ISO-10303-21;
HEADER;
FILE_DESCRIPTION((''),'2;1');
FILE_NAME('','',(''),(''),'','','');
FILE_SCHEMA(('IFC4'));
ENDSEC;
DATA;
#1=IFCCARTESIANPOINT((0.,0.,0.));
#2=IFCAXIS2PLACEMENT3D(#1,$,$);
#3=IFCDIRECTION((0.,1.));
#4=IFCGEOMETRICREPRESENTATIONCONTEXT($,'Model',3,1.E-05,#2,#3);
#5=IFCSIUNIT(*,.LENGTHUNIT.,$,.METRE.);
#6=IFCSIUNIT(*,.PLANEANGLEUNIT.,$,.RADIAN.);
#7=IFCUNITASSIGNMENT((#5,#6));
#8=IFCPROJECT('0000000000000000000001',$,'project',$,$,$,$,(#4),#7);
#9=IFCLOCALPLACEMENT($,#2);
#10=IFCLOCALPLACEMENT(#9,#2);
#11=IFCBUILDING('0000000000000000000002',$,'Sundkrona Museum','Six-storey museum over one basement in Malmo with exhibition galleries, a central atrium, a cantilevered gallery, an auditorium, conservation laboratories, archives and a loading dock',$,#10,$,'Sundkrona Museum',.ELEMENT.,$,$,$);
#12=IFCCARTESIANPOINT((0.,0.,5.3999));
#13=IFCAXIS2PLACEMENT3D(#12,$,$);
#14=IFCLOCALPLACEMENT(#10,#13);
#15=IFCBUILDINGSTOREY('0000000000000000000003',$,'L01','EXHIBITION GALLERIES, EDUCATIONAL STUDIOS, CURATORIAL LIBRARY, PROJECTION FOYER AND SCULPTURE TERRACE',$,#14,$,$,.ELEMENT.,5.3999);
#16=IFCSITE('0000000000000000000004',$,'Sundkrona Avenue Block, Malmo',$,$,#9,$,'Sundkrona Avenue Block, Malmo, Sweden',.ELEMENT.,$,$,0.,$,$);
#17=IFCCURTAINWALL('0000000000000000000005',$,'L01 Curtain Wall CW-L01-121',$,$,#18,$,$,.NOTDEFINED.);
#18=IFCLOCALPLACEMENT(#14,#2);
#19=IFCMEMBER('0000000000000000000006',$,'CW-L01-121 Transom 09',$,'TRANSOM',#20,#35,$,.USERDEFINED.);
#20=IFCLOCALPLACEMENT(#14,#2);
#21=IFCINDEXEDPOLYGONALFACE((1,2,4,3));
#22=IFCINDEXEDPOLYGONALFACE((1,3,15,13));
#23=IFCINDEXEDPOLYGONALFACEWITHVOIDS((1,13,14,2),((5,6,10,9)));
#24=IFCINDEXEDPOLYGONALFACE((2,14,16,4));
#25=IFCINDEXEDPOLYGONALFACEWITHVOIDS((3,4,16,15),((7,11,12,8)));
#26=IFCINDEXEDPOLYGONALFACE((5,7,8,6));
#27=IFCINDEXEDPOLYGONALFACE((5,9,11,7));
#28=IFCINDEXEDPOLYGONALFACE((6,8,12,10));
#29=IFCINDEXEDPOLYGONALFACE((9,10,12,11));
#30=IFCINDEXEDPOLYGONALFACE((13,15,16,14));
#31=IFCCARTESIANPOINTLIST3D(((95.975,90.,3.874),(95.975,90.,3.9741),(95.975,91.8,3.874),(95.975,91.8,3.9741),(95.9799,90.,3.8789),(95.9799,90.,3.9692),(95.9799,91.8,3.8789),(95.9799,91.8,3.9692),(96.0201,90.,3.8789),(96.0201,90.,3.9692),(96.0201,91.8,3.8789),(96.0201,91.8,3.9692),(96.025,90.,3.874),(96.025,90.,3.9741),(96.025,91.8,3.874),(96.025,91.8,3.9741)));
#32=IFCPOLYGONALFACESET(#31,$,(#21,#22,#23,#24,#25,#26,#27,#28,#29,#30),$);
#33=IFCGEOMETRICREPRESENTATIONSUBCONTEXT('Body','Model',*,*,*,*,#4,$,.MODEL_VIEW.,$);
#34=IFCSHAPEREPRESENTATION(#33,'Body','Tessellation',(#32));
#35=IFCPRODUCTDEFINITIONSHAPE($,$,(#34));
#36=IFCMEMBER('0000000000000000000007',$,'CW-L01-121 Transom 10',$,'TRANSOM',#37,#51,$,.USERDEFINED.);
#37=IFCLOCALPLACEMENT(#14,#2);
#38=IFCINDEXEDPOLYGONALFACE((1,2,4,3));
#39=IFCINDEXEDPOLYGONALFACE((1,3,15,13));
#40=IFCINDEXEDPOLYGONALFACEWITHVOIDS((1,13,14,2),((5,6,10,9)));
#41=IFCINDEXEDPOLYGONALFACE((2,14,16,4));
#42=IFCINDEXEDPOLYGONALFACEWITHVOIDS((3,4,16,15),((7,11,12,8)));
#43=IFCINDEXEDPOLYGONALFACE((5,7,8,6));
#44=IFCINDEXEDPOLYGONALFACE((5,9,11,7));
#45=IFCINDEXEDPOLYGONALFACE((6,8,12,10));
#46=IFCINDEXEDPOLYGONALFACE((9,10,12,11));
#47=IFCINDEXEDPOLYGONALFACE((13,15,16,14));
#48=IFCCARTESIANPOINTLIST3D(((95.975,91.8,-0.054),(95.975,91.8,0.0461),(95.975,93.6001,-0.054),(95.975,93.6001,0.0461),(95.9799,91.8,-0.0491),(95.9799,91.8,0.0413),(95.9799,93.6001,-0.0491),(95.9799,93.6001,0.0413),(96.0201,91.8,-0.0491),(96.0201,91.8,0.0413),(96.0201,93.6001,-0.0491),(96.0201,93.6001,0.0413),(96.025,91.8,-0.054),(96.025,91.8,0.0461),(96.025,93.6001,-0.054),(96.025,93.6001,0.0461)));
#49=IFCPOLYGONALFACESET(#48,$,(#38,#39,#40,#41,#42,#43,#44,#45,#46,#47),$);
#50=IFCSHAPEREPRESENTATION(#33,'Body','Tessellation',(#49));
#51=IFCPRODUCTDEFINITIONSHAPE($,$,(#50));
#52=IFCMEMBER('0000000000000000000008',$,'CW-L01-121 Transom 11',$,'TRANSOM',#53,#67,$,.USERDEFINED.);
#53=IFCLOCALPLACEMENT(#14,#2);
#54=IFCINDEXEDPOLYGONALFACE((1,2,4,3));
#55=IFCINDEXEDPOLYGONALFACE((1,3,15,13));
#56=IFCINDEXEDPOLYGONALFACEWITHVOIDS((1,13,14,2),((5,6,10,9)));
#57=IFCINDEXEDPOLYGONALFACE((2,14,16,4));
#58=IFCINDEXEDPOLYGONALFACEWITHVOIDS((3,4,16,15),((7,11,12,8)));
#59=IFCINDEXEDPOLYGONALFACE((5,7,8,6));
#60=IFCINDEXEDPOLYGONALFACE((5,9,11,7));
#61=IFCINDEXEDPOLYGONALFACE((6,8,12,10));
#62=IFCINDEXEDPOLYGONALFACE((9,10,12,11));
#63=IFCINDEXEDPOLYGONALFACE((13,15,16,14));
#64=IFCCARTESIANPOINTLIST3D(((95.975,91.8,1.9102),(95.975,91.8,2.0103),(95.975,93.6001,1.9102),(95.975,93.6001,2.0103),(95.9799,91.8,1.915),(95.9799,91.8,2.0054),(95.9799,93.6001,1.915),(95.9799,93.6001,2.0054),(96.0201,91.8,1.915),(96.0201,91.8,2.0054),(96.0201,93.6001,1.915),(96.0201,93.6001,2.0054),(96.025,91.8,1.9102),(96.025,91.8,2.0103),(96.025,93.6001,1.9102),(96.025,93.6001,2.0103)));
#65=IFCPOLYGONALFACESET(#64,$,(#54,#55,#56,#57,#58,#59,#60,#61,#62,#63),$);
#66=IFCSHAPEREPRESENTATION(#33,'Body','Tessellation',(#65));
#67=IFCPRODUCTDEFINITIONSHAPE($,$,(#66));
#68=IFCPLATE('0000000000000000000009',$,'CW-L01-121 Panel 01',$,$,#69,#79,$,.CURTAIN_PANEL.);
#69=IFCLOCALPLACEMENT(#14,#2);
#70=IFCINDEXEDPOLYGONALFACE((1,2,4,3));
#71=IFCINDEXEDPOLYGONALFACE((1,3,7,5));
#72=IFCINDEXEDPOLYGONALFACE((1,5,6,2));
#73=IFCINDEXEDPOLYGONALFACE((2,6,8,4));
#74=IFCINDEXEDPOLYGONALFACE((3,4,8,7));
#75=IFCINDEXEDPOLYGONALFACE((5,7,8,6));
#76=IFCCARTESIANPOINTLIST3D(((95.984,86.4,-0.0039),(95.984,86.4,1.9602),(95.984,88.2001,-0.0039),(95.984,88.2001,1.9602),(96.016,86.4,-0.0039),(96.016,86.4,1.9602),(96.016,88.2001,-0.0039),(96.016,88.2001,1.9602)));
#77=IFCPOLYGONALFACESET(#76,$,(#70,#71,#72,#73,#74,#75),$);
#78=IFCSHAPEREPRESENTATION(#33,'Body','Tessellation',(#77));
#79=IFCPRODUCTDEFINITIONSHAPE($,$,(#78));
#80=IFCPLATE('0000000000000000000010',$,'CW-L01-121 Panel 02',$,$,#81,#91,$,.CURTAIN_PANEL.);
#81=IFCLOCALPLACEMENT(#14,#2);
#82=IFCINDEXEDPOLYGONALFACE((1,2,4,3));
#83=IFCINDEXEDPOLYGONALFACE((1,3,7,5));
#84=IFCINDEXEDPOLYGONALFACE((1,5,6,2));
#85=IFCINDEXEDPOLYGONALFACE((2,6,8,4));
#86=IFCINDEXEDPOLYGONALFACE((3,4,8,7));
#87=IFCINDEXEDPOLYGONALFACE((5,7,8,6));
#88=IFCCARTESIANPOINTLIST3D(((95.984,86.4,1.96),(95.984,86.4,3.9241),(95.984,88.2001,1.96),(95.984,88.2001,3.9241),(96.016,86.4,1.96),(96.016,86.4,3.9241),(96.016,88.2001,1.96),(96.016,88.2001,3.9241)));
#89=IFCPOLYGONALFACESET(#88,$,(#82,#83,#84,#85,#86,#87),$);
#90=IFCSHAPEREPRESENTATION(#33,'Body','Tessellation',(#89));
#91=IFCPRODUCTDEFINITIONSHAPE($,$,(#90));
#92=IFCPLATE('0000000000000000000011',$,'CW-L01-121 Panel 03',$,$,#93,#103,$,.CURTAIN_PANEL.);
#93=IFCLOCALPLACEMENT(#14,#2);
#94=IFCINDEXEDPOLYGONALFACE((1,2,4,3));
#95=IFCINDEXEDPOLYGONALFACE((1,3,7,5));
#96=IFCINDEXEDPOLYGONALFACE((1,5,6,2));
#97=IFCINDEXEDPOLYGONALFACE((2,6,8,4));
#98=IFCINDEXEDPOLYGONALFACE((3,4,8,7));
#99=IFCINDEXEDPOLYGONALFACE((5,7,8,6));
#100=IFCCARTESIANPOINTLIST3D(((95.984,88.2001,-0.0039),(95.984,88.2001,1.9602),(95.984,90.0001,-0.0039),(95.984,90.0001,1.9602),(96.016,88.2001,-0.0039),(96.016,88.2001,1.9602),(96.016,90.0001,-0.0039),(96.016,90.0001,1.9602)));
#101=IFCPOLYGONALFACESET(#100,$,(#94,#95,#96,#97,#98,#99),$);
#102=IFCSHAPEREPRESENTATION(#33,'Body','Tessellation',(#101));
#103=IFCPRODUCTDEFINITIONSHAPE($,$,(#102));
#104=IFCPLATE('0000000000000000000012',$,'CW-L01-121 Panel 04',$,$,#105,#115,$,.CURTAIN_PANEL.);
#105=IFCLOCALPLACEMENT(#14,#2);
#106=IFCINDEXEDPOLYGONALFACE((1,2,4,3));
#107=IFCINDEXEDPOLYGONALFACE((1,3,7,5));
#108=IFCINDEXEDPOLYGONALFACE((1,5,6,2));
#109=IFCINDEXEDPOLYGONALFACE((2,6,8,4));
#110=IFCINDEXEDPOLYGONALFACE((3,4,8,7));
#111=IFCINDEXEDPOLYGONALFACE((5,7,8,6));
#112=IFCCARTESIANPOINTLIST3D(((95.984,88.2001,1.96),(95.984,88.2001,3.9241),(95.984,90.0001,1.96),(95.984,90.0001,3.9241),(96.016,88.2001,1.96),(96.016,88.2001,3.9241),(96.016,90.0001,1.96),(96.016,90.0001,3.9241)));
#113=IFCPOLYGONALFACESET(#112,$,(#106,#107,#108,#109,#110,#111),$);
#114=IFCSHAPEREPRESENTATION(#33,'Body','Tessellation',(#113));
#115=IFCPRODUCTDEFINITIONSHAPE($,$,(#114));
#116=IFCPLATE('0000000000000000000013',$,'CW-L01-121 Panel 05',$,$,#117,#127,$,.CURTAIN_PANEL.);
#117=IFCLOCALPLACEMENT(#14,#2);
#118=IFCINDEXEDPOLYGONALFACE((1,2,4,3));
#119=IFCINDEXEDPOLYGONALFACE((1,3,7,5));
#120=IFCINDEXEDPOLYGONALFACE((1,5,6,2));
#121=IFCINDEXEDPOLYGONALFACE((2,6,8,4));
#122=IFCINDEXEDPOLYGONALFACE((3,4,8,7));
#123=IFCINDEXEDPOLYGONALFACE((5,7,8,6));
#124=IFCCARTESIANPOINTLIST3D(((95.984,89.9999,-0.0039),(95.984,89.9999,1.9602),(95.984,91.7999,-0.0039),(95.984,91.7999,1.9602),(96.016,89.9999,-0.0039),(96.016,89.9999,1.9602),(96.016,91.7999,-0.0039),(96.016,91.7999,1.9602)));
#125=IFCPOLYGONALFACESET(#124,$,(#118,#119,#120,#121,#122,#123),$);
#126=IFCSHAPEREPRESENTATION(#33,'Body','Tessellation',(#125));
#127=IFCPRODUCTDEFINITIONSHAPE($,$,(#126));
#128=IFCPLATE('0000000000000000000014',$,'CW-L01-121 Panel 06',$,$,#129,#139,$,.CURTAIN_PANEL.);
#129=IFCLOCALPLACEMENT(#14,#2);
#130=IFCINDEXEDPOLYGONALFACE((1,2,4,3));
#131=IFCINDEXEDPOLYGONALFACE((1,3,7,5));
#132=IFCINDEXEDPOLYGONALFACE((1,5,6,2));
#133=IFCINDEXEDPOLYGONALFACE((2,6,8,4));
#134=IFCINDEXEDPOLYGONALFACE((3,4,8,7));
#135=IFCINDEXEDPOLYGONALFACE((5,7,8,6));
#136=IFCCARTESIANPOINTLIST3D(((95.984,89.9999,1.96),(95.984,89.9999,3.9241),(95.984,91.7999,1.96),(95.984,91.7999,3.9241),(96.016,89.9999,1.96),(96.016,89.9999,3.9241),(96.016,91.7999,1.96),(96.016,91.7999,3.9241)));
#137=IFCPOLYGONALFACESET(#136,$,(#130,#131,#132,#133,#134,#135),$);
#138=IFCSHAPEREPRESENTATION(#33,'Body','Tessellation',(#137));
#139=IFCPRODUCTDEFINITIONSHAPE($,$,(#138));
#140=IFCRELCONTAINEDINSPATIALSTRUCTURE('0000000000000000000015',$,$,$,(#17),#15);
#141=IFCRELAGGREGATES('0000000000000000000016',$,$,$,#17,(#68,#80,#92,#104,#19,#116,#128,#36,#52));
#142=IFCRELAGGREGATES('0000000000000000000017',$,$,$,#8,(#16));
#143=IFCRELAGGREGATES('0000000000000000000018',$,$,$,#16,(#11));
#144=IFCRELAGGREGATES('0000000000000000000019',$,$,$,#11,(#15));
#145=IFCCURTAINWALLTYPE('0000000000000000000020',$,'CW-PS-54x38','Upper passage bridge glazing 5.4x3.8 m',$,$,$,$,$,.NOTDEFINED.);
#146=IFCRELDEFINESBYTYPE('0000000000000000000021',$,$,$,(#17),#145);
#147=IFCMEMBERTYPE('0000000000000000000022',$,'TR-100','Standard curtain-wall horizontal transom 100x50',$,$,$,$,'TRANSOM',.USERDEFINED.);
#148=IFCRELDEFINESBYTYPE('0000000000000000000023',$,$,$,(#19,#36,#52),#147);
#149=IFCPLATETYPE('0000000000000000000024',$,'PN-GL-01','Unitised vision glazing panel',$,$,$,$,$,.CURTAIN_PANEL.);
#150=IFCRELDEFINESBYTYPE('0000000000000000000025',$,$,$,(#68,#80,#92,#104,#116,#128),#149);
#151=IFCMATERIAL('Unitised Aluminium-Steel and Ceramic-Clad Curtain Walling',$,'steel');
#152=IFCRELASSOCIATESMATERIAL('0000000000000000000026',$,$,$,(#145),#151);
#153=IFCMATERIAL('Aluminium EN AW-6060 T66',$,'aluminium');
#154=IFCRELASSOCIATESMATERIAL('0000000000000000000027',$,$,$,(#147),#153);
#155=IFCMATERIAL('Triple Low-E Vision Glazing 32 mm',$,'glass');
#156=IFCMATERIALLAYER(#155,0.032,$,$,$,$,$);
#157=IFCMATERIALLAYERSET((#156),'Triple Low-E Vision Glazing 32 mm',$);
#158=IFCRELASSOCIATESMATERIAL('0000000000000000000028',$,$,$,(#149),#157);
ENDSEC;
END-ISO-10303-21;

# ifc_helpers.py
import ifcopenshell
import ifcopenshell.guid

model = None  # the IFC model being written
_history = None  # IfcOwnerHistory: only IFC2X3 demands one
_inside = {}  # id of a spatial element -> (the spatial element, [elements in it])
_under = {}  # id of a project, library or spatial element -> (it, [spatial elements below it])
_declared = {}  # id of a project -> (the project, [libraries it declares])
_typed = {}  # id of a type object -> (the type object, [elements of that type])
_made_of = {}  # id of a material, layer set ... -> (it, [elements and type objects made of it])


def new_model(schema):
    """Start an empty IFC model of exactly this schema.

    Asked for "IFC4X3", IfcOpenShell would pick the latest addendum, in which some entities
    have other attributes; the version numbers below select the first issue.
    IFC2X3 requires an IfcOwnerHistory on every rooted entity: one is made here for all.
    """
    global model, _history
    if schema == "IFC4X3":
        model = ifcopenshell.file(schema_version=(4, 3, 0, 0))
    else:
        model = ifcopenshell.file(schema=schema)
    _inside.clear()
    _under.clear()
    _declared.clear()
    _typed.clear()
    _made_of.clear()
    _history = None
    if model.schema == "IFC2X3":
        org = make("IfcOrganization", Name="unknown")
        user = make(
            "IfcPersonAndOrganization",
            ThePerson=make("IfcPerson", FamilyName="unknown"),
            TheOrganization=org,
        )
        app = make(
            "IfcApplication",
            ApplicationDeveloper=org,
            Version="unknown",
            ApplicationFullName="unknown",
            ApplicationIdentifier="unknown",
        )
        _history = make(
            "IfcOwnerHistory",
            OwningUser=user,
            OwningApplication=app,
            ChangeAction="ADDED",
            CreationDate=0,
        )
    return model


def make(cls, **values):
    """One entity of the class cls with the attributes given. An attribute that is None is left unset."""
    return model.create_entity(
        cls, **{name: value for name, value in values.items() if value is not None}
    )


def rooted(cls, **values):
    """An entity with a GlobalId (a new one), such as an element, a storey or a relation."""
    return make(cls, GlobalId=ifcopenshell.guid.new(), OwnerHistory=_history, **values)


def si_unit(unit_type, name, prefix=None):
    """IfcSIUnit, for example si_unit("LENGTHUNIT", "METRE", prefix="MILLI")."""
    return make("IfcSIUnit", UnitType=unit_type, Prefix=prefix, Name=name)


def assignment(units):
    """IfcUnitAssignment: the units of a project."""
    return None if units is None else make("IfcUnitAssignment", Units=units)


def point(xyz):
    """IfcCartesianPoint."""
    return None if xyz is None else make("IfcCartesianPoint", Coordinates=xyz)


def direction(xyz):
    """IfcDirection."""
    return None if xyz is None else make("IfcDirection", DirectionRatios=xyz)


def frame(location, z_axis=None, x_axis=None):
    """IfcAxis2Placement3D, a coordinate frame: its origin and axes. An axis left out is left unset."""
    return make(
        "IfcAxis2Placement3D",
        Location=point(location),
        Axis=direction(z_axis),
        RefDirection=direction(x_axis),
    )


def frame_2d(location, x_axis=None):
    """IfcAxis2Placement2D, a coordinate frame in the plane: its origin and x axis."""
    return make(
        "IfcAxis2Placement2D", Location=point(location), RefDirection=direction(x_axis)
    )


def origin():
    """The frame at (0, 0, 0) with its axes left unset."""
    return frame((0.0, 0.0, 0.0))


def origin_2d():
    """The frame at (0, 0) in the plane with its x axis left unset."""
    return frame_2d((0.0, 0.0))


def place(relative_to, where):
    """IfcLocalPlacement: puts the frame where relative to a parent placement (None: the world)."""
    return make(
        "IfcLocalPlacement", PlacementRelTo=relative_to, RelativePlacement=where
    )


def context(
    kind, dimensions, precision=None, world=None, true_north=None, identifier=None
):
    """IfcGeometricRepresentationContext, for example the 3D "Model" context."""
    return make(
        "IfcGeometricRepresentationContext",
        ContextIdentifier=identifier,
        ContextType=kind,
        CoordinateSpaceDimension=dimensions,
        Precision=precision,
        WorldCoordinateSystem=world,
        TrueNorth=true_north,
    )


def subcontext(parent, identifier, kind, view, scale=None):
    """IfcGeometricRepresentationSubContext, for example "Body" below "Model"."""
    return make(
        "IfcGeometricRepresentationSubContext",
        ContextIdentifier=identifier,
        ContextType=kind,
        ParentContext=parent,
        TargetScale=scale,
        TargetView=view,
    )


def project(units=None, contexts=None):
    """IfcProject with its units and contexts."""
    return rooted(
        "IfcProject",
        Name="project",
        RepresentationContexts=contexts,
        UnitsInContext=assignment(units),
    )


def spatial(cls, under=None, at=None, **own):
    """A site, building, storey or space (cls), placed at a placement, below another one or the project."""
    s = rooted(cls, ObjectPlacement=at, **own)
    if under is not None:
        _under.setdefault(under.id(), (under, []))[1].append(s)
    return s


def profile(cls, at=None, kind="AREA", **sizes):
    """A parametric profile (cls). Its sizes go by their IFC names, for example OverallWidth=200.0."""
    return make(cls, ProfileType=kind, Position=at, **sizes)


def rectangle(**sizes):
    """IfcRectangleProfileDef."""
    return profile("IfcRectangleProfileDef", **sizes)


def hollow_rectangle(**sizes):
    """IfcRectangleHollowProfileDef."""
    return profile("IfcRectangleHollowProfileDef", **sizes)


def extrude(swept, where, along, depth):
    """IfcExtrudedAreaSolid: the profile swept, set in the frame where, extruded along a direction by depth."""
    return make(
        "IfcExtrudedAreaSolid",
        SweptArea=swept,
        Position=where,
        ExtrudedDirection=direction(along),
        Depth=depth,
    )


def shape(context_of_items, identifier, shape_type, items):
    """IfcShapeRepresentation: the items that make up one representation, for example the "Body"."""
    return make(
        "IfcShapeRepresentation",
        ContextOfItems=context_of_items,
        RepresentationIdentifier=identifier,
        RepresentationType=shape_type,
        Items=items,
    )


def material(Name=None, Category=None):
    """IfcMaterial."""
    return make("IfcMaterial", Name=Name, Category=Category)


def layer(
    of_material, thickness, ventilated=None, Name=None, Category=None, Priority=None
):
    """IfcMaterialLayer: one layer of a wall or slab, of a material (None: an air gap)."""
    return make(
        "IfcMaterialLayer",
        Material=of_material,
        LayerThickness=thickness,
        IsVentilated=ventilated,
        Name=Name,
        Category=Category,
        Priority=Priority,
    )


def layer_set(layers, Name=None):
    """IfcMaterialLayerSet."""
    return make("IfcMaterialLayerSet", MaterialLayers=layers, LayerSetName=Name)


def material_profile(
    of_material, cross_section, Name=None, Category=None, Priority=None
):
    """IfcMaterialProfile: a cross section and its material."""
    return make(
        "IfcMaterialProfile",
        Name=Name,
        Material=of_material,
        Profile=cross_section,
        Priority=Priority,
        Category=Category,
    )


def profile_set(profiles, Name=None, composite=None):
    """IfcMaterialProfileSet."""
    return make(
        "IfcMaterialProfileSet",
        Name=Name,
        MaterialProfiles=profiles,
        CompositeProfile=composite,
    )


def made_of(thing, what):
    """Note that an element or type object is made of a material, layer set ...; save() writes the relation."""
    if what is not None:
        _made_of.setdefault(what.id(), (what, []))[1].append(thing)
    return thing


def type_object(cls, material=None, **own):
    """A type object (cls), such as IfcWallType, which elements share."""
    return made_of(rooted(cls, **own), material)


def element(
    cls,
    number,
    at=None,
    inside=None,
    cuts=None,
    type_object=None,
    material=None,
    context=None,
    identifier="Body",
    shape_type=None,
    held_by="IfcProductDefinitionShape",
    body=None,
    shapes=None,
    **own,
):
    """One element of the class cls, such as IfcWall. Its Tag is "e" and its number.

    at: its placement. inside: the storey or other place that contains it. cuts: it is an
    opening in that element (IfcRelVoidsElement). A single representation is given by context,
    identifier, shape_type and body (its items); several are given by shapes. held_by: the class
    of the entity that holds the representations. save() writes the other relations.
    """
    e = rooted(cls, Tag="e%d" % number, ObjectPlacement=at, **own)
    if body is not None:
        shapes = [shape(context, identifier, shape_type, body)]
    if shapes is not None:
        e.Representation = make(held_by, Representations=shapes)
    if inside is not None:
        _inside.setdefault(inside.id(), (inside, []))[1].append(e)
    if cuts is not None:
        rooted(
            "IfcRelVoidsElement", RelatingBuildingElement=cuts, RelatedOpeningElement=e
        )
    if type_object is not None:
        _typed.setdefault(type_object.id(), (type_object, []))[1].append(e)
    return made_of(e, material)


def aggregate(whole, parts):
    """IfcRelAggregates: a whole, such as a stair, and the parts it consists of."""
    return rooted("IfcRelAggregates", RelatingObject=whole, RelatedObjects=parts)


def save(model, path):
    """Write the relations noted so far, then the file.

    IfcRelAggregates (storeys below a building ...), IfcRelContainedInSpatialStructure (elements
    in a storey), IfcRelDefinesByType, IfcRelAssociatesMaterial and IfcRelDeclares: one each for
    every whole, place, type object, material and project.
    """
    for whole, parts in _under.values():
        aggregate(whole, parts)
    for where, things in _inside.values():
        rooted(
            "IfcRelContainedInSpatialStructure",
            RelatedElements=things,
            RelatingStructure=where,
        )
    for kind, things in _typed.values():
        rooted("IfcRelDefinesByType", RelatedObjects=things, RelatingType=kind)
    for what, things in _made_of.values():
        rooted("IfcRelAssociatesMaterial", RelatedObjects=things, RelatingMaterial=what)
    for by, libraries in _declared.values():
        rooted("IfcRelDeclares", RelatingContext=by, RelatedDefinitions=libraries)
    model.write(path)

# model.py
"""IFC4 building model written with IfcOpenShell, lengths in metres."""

from ifc_helpers import new_model, si_unit, direction, frame, origin, origin_2d, place, context, subcontext, project, spatial, rectangle, hollow_rectangle, extrude, material, layer, layer_set, material_profile, profile_set, type_object, element, aggregate, save


model = new_model("IFC4")

# Units and contexts
model_context = context("Model", 3, precision=1e-05, world=origin(), true_north=direction((0.0, 1.0)))
body_context = subcontext(model_context, "Body", "Model", "MODEL_VIEW")
ifc_project = project(units=[si_unit("LENGTHUNIT", "METRE"), si_unit("PLANEANGLEUNIT", "RADIAN")], contexts=[model_context])

# Site, building, storey
site_placement = place(None, origin())
site = spatial("IfcSite", under=ifc_project, at=site_placement, Name="Sundkrona Avenue Block, Malmo", LongName="Sundkrona Avenue Block, Malmo, Sweden", CompositionType="ELEMENT", RefElevation=0.0)
building_placement = place(site_placement, origin())
building = spatial("IfcBuilding", under=site, at=building_placement, Name="Sundkrona Museum", Description="Six-storey museum over one basement in Malmo with exhibition galleries, a central atrium, a cantilevered gallery, an auditorium, conservation laboratories, archives and a loading dock", LongName="Sundkrona Museum", CompositionType="ELEMENT")
storey_placement = place(building_placement, frame((0.0, 0.0, 5.3999)))
storey = spatial("IfcBuildingStorey", under=building, at=storey_placement, Name="L01", Description="EXHIBITION GALLERIES, EDUCATIONAL STUDIOS, CURATORIAL LIBRARY, PROJECTION FOYER AND SCULPTURE TERRACE", CompositionType="ELEMENT", Elevation=5.3999)

# Curtain wall, members, plates
ifc_material_1 = material(Name="Unitised Aluminium-Steel and Ceramic-Clad Curtain Walling", Category="steel")
curtain_wall_type = type_object("IfcCurtainWallType", Name="CW-PS-54x38", Description="Upper passage bridge glazing 5.4x3.8 m", PredefinedType="NOTDEFINED", material=ifc_material_1)
curtain_wall_placement = place(storey_placement, origin())
curtain_wall = element("IfcCurtainWall", 1, at=curtain_wall_placement, inside=storey, type_object=curtain_wall_type, Name="L01 Curtain Wall CW-L01-121", PredefinedType="NOTDEFINED")
ifc_material_2 = material(Name="Aluminium EN AW-6060 T66", Category="aluminium")
ifc_material_profile_1 = material_profile(ifc_material_2, hollow_rectangle(XDim=0.05, YDim=0.1001, WallThickness=0.0049, at=origin_2d()), Name="RHS 100x50x5.0")
ifc_profile_set_1 = profile_set([ifc_material_profile_1], Name="Aluminium EN AW-6060 T66")
member_type_1 = type_object("IfcMemberType", Name="TR-100", Description="Standard curtain-wall horizontal transom 100x50", ElementType="TRANSOM", PredefinedType="USERDEFINED", material=ifc_profile_set_1)
member_1_placement = place(storey_placement, frame((96.0, 90.0, 3.9241), z_axis=(0.0, 1.0, 0.0), x_axis=(-1.0, 0.0, 0.0)))
member_1 = element("IfcMember", 2, at=member_1_placement, type_object=member_type_1, Name="CW-L01-121 Transom 09", ObjectType="TRANSOM", PredefinedType="USERDEFINED", context=body_context, shape_type="SweptSolid", body=[
    extrude(hollow_rectangle(XDim=0.05, YDim=0.1001, WallThickness=0.0049, at=origin_2d()), origin(), (0.0, 0.0, 1.0), 1.8),
])
member_2_placement = place(storey_placement, frame((96.0, 91.8, -0.0039), z_axis=(0.0, 1.0, 0.0), x_axis=(-1.0, 0.0, 0.0)))
member_2 = element("IfcMember", 3, at=member_2_placement, type_object=member_type_1, Name="CW-L01-121 Transom 10", ObjectType="TRANSOM", PredefinedType="USERDEFINED", context=body_context, shape_type="SweptSolid", body=[
    extrude(hollow_rectangle(XDim=0.05, YDim=0.1001, WallThickness=0.0049, at=origin_2d()), origin(), (0.0, 0.0, 1.0), 1.8),
])
member_3_placement = place(storey_placement, frame((96.0, 91.8, 1.9602), z_axis=(0.0, 1.0, 0.0), x_axis=(-1.0, 0.0, 0.0)))
member_3 = element("IfcMember", 4, at=member_3_placement, type_object=member_type_1, Name="CW-L01-121 Transom 11", ObjectType="TRANSOM", PredefinedType="USERDEFINED", context=body_context, shape_type="SweptSolid", body=[
    extrude(hollow_rectangle(XDim=0.05, YDim=0.1001, WallThickness=0.0049, at=origin_2d()), origin(), (0.0, 0.0, 1.0), 1.8),
])
ifc_material_3 = material(Name="Triple Low-E Vision Glazing 32 mm", Category="glass")
ifc_layer = layer(ifc_material_3, 0.032)
ifc_layer_set = layer_set([ifc_layer], Name="Triple Low-E Vision Glazing 32 mm")
plate_type = type_object("IfcPlateType", Name="PN-GL-01", Description="Unitised vision glazing panel", PredefinedType="CURTAIN_PANEL", material=ifc_layer_set)
plate_1_placement = place(storey_placement, frame((96.0, 87.3, -0.0039), z_axis=(0.0, 0.0, 1.0), x_axis=(0.0, 1.0, 0.0)))
plate_1 = element("IfcPlate", 5, at=plate_1_placement, type_object=plate_type, Name="CW-L01-121 Panel 01", PredefinedType="CURTAIN_PANEL", context=body_context, shape_type="SweptSolid", body=[
    extrude(rectangle(XDim=1.8, YDim=0.032, at=origin_2d()), origin(), (0.0, 0.0, 1.0), 1.9641),
])
plate_2_placement = place(storey_placement, frame((96.0, 87.3, 1.96), z_axis=(0.0, 0.0, 1.0), x_axis=(0.0, 1.0, 0.0)))
plate_2 = element("IfcPlate", 6, at=plate_2_placement, type_object=plate_type, Name="CW-L01-121 Panel 02", PredefinedType="CURTAIN_PANEL", context=body_context, shape_type="SweptSolid", body=[
    extrude(rectangle(XDim=1.8, YDim=0.032, at=origin_2d()), origin(), (0.0, 0.0, 1.0), 1.9641),
])
plate_3_placement = place(storey_placement, frame((96.0, 89.1001, -0.0039), z_axis=(0.0, 0.0, 1.0), x_axis=(0.0, 1.0, 0.0)))
plate_3 = element("IfcPlate", 7, at=plate_3_placement, type_object=plate_type, Name="CW-L01-121 Panel 03", PredefinedType="CURTAIN_PANEL", context=body_context, shape_type="SweptSolid", body=[
    extrude(rectangle(XDim=1.8, YDim=0.032, at=origin_2d()), origin(), (0.0, 0.0, 1.0), 1.9641),
])
plate_4_placement = place(storey_placement, frame((96.0, 89.1001, 1.96), z_axis=(0.0, 0.0, 1.0), x_axis=(0.0, 1.0, 0.0)))
plate_4 = element("IfcPlate", 8, at=plate_4_placement, type_object=plate_type, Name="CW-L01-121 Panel 04", PredefinedType="CURTAIN_PANEL", context=body_context, shape_type="SweptSolid", body=[
    extrude(rectangle(XDim=1.8, YDim=0.032, at=origin_2d()), origin(), (0.0, 0.0, 1.0), 1.9641),
])
plate_5_placement = place(storey_placement, frame((96.0, 90.8999, -0.0039), z_axis=(0.0, 0.0, 1.0), x_axis=(0.0, 1.0, 0.0)))
plate_5 = element("IfcPlate", 9, at=plate_5_placement, type_object=plate_type, Name="CW-L01-121 Panel 05", PredefinedType="CURTAIN_PANEL", context=body_context, shape_type="SweptSolid", body=[
    extrude(rectangle(XDim=1.8, YDim=0.032, at=origin_2d()), origin(), (0.0, 0.0, 1.0), 1.9641),
])
plate_6_placement = place(storey_placement, frame((96.0, 90.8999, 1.96), z_axis=(0.0, 0.0, 1.0), x_axis=(0.0, 1.0, 0.0)))
plate_6 = element("IfcPlate", 10, at=plate_6_placement, type_object=plate_type, Name="CW-L01-121 Panel 06", PredefinedType="CURTAIN_PANEL", context=body_context, shape_type="SweptSolid", body=[
    extrude(rectangle(XDim=1.8, YDim=0.032, at=origin_2d()), origin(), (0.0, 0.0, 1.0), 1.9641),
])
aggregate(curtain_wall, [plate_1, plate_2, plate_3, plate_4, member_1, plate_5, plate_6, member_2, member_3])

save(model, "model.ifc")
